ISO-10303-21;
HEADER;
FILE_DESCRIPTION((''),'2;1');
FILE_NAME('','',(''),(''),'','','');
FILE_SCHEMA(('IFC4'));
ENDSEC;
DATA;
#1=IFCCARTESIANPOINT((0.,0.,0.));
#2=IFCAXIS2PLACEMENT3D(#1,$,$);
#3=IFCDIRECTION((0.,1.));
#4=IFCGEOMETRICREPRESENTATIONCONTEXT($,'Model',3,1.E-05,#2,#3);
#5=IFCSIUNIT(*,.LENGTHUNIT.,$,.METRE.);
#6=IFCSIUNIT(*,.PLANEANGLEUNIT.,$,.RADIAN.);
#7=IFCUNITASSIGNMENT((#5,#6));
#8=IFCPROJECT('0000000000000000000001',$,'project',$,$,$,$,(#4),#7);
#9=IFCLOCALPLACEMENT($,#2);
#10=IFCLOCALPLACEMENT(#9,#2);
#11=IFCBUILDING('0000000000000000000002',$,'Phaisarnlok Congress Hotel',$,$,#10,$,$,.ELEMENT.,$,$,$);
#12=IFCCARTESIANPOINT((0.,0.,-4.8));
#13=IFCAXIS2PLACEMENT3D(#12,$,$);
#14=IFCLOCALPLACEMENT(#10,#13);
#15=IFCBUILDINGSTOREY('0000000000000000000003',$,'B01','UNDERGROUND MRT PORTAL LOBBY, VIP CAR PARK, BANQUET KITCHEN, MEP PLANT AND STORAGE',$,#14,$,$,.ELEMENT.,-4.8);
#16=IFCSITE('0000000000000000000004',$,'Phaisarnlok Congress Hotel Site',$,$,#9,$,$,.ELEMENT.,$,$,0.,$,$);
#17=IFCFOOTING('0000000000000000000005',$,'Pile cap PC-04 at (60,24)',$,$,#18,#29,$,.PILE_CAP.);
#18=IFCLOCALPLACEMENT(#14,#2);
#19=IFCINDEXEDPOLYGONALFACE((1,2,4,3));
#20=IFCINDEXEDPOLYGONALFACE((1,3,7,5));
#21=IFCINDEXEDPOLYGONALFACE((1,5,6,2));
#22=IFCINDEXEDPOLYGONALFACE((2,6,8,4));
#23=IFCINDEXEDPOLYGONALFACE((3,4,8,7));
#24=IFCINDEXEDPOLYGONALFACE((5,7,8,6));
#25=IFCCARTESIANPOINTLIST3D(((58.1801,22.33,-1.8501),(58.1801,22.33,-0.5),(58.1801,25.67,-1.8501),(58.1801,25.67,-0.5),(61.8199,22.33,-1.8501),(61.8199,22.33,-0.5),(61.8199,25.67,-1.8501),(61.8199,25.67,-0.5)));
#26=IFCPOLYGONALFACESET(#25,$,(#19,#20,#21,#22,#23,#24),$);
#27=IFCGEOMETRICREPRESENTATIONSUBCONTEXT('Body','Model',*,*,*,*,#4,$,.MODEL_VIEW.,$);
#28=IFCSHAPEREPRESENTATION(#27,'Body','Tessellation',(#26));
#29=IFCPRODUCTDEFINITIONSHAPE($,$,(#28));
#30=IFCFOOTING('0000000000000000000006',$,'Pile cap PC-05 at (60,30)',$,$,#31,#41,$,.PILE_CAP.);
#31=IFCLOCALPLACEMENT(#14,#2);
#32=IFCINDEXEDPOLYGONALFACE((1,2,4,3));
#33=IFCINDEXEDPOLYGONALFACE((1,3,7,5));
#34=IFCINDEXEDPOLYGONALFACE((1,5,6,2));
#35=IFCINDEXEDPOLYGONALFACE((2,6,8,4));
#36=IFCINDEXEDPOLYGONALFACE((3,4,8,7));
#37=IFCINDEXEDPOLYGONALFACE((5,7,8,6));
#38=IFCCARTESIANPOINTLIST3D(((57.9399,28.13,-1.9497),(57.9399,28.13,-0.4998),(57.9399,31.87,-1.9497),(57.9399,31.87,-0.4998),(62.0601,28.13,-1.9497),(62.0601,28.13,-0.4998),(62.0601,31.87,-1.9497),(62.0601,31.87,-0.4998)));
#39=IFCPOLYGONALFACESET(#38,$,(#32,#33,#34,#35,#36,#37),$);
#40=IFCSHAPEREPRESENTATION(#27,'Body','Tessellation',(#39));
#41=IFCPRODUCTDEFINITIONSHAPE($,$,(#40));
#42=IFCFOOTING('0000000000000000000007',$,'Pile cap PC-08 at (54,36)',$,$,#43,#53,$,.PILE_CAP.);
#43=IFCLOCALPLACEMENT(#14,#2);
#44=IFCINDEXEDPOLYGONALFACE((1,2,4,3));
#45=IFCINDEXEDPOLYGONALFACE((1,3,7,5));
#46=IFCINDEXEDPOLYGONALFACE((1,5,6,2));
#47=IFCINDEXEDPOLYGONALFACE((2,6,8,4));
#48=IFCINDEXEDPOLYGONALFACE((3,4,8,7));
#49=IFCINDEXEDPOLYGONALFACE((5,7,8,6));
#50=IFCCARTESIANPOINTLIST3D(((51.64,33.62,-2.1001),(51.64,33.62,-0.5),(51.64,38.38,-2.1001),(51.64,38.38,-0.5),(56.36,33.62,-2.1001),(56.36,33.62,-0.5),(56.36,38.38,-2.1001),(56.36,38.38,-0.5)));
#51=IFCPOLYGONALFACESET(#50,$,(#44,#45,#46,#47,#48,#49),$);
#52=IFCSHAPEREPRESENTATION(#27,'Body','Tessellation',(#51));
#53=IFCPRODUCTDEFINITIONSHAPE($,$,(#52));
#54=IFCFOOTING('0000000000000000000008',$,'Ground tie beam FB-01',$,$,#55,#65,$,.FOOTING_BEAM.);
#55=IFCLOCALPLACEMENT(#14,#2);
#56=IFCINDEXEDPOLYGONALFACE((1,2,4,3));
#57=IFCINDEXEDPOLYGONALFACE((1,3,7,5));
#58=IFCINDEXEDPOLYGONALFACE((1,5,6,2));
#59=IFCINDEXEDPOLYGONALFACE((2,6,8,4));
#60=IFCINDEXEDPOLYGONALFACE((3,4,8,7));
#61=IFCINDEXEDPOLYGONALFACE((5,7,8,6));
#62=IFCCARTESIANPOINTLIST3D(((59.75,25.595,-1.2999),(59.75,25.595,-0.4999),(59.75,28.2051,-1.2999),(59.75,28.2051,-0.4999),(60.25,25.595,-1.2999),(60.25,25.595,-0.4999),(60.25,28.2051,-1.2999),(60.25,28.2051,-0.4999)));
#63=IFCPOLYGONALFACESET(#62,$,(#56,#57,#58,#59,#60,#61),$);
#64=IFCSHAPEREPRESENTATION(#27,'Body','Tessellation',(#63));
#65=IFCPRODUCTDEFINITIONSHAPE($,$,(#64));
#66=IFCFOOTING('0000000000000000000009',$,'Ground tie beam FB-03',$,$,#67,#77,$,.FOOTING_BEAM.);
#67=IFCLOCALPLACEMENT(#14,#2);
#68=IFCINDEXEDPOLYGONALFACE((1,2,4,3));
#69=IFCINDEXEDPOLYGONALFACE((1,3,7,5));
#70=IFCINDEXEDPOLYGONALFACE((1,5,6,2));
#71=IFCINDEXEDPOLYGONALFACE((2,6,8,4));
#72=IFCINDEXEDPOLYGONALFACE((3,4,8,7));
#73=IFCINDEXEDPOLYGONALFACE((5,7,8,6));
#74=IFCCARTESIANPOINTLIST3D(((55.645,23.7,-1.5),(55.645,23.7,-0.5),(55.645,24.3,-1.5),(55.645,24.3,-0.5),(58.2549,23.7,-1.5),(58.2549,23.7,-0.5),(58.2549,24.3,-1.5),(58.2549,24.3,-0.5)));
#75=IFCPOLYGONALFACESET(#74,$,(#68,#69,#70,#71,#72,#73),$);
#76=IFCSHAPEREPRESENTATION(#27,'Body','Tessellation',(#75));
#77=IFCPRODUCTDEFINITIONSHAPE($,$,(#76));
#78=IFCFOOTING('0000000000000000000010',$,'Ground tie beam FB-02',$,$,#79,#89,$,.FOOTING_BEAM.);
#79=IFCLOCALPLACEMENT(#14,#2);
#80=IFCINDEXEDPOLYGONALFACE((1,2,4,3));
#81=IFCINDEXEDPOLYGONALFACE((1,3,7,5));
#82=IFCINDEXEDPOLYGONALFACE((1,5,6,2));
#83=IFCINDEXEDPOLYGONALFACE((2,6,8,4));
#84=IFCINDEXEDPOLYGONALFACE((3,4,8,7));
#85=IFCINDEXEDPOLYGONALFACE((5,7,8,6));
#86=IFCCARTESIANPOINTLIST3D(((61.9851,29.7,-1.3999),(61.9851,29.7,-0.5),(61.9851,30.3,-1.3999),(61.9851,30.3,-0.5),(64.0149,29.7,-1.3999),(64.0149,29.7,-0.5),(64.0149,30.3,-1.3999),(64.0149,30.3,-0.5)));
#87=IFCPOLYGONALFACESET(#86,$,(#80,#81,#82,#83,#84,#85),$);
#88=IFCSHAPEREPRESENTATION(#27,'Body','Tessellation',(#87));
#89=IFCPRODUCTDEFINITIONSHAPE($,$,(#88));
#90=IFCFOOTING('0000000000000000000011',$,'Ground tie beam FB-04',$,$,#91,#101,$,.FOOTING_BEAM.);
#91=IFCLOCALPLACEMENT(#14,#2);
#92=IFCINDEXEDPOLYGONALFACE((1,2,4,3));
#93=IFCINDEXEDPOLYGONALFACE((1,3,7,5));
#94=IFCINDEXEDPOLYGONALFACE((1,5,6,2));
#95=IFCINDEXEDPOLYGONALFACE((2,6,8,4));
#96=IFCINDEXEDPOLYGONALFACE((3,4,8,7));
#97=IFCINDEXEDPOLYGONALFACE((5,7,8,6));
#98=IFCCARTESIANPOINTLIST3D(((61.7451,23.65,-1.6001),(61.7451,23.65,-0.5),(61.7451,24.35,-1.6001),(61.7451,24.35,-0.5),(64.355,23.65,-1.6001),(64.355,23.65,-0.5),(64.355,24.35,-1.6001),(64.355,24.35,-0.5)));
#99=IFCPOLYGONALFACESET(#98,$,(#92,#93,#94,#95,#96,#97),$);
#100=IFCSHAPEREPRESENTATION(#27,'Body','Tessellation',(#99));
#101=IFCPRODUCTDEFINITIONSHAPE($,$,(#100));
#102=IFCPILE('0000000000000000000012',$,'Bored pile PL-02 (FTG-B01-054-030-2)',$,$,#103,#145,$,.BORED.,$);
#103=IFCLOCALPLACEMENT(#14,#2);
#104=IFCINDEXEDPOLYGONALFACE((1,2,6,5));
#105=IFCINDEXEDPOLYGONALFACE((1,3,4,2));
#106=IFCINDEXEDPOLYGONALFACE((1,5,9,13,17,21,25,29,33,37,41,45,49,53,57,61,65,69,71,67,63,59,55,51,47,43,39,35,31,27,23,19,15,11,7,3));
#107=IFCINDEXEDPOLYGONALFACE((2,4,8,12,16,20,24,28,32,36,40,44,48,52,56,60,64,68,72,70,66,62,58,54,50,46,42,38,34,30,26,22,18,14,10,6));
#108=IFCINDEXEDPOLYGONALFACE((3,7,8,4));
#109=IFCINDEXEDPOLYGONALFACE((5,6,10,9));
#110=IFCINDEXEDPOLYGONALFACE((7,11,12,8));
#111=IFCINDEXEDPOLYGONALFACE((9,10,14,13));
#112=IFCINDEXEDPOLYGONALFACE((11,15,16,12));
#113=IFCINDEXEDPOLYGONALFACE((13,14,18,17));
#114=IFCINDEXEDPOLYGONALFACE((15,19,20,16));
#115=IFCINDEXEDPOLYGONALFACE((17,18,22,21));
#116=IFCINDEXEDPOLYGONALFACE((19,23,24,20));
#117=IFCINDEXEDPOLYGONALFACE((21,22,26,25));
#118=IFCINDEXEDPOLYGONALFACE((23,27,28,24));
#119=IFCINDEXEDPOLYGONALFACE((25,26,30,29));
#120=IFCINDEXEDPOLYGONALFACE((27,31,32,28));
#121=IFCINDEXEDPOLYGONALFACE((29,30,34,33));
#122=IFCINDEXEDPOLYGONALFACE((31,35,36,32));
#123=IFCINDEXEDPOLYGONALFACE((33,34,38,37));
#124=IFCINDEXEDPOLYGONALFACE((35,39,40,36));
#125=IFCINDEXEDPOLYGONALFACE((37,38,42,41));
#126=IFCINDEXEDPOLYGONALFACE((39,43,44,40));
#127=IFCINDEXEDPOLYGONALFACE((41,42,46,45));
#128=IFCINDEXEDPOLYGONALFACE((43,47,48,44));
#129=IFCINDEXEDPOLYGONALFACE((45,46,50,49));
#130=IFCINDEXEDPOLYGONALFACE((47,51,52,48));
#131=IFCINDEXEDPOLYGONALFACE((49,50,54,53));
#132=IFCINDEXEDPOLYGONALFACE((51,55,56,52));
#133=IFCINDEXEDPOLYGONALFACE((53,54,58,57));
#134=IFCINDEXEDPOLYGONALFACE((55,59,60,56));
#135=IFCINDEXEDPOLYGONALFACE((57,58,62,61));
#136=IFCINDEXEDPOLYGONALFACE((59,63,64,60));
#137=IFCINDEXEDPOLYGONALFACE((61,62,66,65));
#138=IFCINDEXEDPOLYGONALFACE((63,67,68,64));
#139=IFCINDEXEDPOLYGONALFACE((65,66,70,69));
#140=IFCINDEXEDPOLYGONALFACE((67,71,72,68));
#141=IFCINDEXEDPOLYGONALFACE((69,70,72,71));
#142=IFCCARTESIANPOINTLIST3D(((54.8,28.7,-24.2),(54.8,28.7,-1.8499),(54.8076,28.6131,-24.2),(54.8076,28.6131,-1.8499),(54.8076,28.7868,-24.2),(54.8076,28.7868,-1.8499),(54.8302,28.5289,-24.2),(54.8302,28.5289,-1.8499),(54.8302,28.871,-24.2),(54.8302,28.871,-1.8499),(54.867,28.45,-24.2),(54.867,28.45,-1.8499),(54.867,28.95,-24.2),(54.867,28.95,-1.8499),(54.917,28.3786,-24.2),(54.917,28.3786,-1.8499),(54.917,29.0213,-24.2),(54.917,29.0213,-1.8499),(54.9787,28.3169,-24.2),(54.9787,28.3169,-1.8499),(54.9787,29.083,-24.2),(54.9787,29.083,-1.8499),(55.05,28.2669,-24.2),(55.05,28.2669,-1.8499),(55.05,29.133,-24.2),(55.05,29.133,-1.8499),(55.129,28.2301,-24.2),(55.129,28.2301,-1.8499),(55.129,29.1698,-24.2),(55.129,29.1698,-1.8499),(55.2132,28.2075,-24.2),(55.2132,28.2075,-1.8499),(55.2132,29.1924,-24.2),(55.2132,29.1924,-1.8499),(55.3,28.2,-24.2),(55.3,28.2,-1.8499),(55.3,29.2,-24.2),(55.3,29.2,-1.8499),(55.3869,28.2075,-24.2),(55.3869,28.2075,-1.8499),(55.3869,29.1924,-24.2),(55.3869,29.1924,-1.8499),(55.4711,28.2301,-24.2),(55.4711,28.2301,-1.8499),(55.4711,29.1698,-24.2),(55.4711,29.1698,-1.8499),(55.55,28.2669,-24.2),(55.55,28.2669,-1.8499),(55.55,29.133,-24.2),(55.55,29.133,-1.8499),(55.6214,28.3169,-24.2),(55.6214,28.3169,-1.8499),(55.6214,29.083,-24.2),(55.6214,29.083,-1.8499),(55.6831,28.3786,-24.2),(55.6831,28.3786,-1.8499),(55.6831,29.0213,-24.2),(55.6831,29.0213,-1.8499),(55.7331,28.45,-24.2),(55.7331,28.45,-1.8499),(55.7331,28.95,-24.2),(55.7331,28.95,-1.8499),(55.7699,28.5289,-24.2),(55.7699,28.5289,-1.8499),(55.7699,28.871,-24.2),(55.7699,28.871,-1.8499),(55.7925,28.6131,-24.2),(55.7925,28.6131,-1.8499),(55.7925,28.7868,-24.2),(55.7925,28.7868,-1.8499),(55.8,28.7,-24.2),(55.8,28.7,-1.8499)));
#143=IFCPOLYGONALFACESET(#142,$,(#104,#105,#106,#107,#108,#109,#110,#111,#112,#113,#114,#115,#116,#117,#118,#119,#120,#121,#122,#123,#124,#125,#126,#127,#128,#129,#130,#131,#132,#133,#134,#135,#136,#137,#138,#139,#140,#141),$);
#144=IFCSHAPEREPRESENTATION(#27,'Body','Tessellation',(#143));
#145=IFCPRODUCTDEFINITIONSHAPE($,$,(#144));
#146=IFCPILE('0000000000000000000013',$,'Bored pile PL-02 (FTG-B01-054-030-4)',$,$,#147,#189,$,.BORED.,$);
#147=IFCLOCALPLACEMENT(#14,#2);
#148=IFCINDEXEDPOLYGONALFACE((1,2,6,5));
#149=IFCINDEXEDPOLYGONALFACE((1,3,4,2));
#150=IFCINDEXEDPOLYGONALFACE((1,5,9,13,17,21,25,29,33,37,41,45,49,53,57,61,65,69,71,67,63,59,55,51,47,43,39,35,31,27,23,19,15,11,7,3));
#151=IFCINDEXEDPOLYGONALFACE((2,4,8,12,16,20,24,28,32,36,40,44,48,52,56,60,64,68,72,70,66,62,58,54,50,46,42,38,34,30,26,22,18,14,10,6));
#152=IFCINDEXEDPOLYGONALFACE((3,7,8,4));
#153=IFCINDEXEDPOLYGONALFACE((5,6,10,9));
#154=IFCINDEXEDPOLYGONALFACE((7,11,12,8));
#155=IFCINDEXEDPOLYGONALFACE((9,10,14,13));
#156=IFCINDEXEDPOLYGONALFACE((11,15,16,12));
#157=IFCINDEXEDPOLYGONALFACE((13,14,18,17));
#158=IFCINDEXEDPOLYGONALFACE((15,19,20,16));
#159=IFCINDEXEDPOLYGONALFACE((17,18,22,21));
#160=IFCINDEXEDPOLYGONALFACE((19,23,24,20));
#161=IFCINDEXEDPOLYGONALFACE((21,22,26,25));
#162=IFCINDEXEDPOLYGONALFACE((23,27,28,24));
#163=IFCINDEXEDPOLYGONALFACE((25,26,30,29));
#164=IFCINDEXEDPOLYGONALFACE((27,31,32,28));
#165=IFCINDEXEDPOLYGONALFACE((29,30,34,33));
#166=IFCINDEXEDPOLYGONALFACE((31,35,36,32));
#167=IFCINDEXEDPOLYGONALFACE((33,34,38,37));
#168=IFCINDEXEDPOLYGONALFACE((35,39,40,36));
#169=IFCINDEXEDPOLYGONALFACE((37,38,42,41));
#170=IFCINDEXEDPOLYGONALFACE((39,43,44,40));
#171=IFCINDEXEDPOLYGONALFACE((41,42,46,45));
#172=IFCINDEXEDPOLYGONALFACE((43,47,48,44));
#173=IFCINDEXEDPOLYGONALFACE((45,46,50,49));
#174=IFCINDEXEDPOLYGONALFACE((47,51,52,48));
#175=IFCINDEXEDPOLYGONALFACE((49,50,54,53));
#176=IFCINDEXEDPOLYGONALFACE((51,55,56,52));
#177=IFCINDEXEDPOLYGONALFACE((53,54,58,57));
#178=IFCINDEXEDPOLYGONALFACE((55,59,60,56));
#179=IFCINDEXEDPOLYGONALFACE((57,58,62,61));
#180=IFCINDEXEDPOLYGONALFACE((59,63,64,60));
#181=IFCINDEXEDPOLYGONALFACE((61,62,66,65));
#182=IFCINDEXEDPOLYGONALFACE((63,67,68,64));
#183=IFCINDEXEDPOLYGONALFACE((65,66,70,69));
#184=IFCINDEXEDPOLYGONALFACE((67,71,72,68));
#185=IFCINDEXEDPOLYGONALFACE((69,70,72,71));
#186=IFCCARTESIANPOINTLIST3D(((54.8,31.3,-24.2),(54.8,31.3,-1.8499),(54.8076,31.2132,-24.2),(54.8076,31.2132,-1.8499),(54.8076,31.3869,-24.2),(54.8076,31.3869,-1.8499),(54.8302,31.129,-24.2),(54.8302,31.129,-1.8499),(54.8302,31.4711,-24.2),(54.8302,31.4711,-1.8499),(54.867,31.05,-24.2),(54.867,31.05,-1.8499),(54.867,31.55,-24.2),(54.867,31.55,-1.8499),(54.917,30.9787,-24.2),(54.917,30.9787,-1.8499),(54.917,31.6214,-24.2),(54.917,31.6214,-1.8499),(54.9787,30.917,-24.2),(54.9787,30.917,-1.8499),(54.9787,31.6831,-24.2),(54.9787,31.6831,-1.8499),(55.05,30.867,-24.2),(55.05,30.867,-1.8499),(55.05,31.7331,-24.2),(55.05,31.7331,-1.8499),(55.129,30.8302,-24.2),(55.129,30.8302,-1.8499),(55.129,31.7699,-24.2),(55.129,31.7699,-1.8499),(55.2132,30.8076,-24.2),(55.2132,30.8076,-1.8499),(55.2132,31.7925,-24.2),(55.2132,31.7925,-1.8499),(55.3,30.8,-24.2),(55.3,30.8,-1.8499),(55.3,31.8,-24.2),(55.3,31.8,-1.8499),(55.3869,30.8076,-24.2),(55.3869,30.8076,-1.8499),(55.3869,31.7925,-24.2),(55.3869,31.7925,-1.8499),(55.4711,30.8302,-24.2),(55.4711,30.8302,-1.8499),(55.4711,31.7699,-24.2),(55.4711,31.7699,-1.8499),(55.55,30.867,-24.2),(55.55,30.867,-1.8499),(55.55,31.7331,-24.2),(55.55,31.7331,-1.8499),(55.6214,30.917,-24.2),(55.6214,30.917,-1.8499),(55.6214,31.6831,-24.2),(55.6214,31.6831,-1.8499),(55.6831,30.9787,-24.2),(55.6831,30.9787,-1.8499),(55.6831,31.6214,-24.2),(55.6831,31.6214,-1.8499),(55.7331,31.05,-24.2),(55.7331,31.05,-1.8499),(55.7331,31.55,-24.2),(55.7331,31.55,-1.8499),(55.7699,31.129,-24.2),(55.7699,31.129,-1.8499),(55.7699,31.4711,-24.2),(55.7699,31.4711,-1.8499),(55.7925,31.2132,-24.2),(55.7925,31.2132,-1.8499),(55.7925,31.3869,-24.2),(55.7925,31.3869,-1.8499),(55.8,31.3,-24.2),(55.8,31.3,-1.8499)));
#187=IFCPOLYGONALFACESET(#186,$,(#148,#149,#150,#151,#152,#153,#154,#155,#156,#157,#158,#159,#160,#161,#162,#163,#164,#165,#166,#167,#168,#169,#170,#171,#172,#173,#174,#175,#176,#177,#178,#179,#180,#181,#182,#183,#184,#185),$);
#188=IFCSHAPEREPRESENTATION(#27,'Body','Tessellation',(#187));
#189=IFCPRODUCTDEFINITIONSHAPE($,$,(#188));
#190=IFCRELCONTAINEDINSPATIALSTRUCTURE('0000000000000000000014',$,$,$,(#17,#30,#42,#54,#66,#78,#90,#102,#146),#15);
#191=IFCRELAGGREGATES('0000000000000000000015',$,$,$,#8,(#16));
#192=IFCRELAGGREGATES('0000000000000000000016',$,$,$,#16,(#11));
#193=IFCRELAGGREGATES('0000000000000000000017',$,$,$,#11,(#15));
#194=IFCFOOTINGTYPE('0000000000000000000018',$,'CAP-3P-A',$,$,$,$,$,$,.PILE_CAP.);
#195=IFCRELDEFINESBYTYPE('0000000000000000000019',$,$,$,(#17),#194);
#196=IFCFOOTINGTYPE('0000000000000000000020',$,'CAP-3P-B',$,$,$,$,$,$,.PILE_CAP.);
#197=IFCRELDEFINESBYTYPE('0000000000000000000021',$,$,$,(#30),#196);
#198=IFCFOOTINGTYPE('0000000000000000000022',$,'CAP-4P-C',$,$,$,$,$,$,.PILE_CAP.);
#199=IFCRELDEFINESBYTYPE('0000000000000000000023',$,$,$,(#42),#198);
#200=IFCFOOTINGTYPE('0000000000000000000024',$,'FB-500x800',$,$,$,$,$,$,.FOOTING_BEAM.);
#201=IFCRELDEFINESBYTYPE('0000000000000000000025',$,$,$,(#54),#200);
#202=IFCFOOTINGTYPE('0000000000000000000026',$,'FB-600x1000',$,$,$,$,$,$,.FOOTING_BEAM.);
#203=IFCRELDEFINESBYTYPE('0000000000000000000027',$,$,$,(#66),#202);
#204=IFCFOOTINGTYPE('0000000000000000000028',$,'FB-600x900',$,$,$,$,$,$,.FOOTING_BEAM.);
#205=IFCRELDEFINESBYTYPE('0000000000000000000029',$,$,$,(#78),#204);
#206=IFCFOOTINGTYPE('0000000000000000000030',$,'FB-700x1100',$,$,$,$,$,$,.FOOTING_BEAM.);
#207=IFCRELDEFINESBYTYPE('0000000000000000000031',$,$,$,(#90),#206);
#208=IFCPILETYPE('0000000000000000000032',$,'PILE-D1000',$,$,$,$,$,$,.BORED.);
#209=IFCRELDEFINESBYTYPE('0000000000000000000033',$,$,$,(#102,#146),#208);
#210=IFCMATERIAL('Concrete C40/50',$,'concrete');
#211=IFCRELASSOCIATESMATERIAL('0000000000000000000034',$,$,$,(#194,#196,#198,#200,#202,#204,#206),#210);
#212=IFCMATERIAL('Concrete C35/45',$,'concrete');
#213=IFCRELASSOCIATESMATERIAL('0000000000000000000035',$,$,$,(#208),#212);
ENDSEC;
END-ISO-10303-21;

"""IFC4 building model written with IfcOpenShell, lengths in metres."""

from ifc_helpers import new_model, si_unit, direction, frame, origin, origin_2d, place, context, subcontext, project, spatial, rectangle, circle, extrude, material, material_profile, profile_set, type_object, element, save


model = new_model("IFC4")

# Units and contexts
model_context = context("Model", 3, precision=1e-05, world=origin(), true_north=direction((0.0, 1.0)))
body_context = subcontext(model_context, "Body", "Model", "MODEL_VIEW")
ifc_project = project(units=[si_unit("LENGTHUNIT", "METRE"), si_unit("PLANEANGLEUNIT", "RADIAN")], contexts=[model_context])

# Site, building, storey
site_placement = place(None, origin())
site = spatial("IfcSite", under=ifc_project, at=site_placement, Name="Phaisarnlok Congress Hotel Site", CompositionType="ELEMENT", RefElevation=0.0)
building_placement = place(site_placement, origin())
building = spatial("IfcBuilding", under=site, at=building_placement, Name="Phaisarnlok Congress Hotel", CompositionType="ELEMENT")
storey_placement = place(building_placement, frame((0.0, 0.0, -4.8)))
storey = spatial("IfcBuildingStorey", under=building, at=storey_placement, Name="B01", Description="UNDERGROUND MRT PORTAL LOBBY, VIP CAR PARK, BANQUET KITCHEN, MEP PLANT AND STORAGE", CompositionType="ELEMENT", Elevation=-4.8)

# Footings
ifc_material_1 = material(Name="Concrete C40/50", Category="concrete")
footing_type_1 = type_object("IfcFootingType", Name="CAP-3P-A", PredefinedType="PILE_CAP", material=ifc_material_1)
footing_1_placement = place(storey_placement, frame((60.0, 24.0, -1.8501), z_axis=(0.0, 0.0, 1.0), x_axis=(1.0, 0.0, 0.0)))
element("IfcFooting", 1, at=footing_1_placement, inside=storey, type_object=footing_type_1, Name="Pile cap PC-04 at (60,24)", PredefinedType="PILE_CAP", context=body_context, shape_type="SweptSolid", body=[
    extrude(rectangle(XDim=3.6399, YDim=3.3401, at=origin_2d()), origin(), (0.0, 0.0, 1.0), 1.3501),
])
footing_type_2 = type_object("IfcFootingType", Name="CAP-3P-B", PredefinedType="PILE_CAP", material=ifc_material_1)
footing_2_placement = place(storey_placement, frame((60.0, 30.0, -1.9497), z_axis=(0.0, 0.0, 1.0), x_axis=(1.0, 0.0, 0.0)))
element("IfcFooting", 2, at=footing_2_placement, inside=storey, type_object=footing_type_2, Name="Pile cap PC-05 at (60,30)", PredefinedType="PILE_CAP", context=body_context, shape_type="SweptSolid", body=[
    extrude(rectangle(XDim=4.1201, YDim=3.74, at=origin_2d()), origin(), (0.0, 0.0, 1.0), 1.45),
])
footing_type_3 = type_object("IfcFootingType", Name="CAP-4P-C", PredefinedType="PILE_CAP", material=ifc_material_1)
footing_3_placement = place(storey_placement, frame((54.0, 36.0, -2.1001), z_axis=(0.0, 0.0, 1.0), x_axis=(1.0, 0.0, 0.0)))
element("IfcFooting", 3, at=footing_3_placement, inside=storey, type_object=footing_type_3, Name="Pile cap PC-08 at (54,36)", PredefinedType="PILE_CAP", context=body_context, shape_type="SweptSolid", body=[
    extrude(rectangle(XDim=4.72, YDim=4.76, at=origin_2d()), origin(), (0.0, 0.0, 1.0), 1.6001),
])
ifc_material_profile_1 = material_profile(ifc_material_1, rectangle(XDim=0.5, YDim=0.8, at=origin_2d()), Name="FB-500x800")
ifc_profile_set_1 = profile_set([ifc_material_profile_1], Name="Concrete C40/50")
footing_type_4 = type_object("IfcFootingType", Name="FB-500x800", PredefinedType="FOOTING_BEAM", material=ifc_profile_set_1)
footing_4_placement = place(storey_placement, frame((60.0, 25.595, -0.8999), z_axis=(0.0, 1.0, 0.0), x_axis=(-1.0, 0.0, 0.0)))
element("IfcFooting", 4, at=footing_4_placement, inside=storey, type_object=footing_type_4, Name="Ground tie beam FB-01", PredefinedType="FOOTING_BEAM", context=body_context, shape_type="SweptSolid", body=[
    extrude(rectangle(XDim=0.5, YDim=0.8, at=origin_2d()), origin(), (0.0, 0.0, 1.0), 2.6101),
])
ifc_material_profile_2 = material_profile(ifc_material_1, rectangle(XDim=0.6001, YDim=1.0, at=origin_2d()), Name="FB-600x1000")
ifc_profile_set_2 = profile_set([ifc_material_profile_2], Name="Concrete C40/50")
footing_type_5 = type_object("IfcFootingType", Name="FB-600x1000", PredefinedType="FOOTING_BEAM", material=ifc_profile_set_2)
footing_5_placement = place(storey_placement, frame((55.645, 24.0, -1.0), z_axis=(1.0, 0.0, 0.0), x_axis=(0.0, 1.0, 0.0)))
element("IfcFooting", 5, at=footing_5_placement, inside=storey, type_object=footing_type_5, Name="Ground tie beam FB-03", PredefinedType="FOOTING_BEAM", context=body_context, shape_type="SweptSolid", body=[
    extrude(rectangle(XDim=0.6001, YDim=1.0, at=origin_2d()), origin(), (0.0, 0.0, 1.0), 2.6099),
])
ifc_material_profile_3 = material_profile(ifc_material_1, rectangle(XDim=0.6001, YDim=0.8999, at=origin_2d()), Name="FB-600x900")
ifc_profile_set_3 = profile_set([ifc_material_profile_3], Name="Concrete C40/50")
footing_type_6 = type_object("IfcFootingType", Name="FB-600x900", PredefinedType="FOOTING_BEAM", material=ifc_profile_set_3)
footing_6_placement = place(storey_placement, frame((61.9851, 30.0, -0.95), z_axis=(1.0, 0.0, 0.0), x_axis=(0.0, 1.0, 0.0)))
element("IfcFooting", 6, at=footing_6_placement, inside=storey, type_object=footing_type_6, Name="Ground tie beam FB-02", PredefinedType="FOOTING_BEAM", context=body_context, shape_type="SweptSolid", body=[
    extrude(rectangle(XDim=0.6001, YDim=0.8999, at=origin_2d()), origin(), (0.0, 0.0, 1.0), 2.0298),
])
ifc_material_profile_4 = material_profile(ifc_material_1, rectangle(XDim=0.7, YDim=1.1001, at=origin_2d()), Name="FB-700x1100")
ifc_profile_set_4 = profile_set([ifc_material_profile_4], Name="Concrete C40/50")
footing_type_7 = type_object("IfcFootingType", Name="FB-700x1100", PredefinedType="FOOTING_BEAM", material=ifc_profile_set_4)
footing_7_placement = place(storey_placement, frame((61.7451, 24.0, -1.05), z_axis=(1.0, 0.0, 0.0), x_axis=(0.0, 1.0, 0.0)))
element("IfcFooting", 7, at=footing_7_placement, inside=storey, type_object=footing_type_7, Name="Ground tie beam FB-04", PredefinedType="FOOTING_BEAM", context=body_context, shape_type="SweptSolid", body=[
    extrude(rectangle(XDim=0.7, YDim=1.1001, at=origin_2d()), origin(), (0.0, 0.0, 1.0), 2.6099),
])

# Piles
ifc_material_2 = material(Name="Concrete C35/45", Category="concrete")
ifc_material_profile_5 = material_profile(ifc_material_2, circle(Radius=0.5, at=origin_2d()), Name="BORED PILE D1000")
ifc_profile_set_5 = profile_set([ifc_material_profile_5], Name="Concrete C35/45")
pile_type_1 = type_object("IfcPileType", Name="PILE-D1000", PredefinedType="BORED", material=ifc_profile_set_5)
for number, where, z_axis, x_axis, name in (
    (8, (55.3, 28.7, -1.8499), (0.0, 0.0, -1.0), (1.0, 0.0, 0.0), "Bored pile PL-02 (FTG-B01-054-030-2)"),
    (9, (55.3, 31.3, -1.8499), (0.0, 0.0, -1.0), (1.0, 0.0, 0.0), "Bored pile PL-02 (FTG-B01-054-030-4)"),
):
    element("IfcPile", number, at=place(storey_placement, frame(where, z_axis=z_axis, x_axis=x_axis)), inside=storey, type_object=pile_type_1, Name=name, PredefinedType="BORED", context=body_context, shape_type="SweptSolid", body=[
        extrude(circle(Radius=0.5, at=origin_2d()), origin(), (0.0, 0.0, 1.0), 22.3501),
    ])

save(model, "model.ifc")
